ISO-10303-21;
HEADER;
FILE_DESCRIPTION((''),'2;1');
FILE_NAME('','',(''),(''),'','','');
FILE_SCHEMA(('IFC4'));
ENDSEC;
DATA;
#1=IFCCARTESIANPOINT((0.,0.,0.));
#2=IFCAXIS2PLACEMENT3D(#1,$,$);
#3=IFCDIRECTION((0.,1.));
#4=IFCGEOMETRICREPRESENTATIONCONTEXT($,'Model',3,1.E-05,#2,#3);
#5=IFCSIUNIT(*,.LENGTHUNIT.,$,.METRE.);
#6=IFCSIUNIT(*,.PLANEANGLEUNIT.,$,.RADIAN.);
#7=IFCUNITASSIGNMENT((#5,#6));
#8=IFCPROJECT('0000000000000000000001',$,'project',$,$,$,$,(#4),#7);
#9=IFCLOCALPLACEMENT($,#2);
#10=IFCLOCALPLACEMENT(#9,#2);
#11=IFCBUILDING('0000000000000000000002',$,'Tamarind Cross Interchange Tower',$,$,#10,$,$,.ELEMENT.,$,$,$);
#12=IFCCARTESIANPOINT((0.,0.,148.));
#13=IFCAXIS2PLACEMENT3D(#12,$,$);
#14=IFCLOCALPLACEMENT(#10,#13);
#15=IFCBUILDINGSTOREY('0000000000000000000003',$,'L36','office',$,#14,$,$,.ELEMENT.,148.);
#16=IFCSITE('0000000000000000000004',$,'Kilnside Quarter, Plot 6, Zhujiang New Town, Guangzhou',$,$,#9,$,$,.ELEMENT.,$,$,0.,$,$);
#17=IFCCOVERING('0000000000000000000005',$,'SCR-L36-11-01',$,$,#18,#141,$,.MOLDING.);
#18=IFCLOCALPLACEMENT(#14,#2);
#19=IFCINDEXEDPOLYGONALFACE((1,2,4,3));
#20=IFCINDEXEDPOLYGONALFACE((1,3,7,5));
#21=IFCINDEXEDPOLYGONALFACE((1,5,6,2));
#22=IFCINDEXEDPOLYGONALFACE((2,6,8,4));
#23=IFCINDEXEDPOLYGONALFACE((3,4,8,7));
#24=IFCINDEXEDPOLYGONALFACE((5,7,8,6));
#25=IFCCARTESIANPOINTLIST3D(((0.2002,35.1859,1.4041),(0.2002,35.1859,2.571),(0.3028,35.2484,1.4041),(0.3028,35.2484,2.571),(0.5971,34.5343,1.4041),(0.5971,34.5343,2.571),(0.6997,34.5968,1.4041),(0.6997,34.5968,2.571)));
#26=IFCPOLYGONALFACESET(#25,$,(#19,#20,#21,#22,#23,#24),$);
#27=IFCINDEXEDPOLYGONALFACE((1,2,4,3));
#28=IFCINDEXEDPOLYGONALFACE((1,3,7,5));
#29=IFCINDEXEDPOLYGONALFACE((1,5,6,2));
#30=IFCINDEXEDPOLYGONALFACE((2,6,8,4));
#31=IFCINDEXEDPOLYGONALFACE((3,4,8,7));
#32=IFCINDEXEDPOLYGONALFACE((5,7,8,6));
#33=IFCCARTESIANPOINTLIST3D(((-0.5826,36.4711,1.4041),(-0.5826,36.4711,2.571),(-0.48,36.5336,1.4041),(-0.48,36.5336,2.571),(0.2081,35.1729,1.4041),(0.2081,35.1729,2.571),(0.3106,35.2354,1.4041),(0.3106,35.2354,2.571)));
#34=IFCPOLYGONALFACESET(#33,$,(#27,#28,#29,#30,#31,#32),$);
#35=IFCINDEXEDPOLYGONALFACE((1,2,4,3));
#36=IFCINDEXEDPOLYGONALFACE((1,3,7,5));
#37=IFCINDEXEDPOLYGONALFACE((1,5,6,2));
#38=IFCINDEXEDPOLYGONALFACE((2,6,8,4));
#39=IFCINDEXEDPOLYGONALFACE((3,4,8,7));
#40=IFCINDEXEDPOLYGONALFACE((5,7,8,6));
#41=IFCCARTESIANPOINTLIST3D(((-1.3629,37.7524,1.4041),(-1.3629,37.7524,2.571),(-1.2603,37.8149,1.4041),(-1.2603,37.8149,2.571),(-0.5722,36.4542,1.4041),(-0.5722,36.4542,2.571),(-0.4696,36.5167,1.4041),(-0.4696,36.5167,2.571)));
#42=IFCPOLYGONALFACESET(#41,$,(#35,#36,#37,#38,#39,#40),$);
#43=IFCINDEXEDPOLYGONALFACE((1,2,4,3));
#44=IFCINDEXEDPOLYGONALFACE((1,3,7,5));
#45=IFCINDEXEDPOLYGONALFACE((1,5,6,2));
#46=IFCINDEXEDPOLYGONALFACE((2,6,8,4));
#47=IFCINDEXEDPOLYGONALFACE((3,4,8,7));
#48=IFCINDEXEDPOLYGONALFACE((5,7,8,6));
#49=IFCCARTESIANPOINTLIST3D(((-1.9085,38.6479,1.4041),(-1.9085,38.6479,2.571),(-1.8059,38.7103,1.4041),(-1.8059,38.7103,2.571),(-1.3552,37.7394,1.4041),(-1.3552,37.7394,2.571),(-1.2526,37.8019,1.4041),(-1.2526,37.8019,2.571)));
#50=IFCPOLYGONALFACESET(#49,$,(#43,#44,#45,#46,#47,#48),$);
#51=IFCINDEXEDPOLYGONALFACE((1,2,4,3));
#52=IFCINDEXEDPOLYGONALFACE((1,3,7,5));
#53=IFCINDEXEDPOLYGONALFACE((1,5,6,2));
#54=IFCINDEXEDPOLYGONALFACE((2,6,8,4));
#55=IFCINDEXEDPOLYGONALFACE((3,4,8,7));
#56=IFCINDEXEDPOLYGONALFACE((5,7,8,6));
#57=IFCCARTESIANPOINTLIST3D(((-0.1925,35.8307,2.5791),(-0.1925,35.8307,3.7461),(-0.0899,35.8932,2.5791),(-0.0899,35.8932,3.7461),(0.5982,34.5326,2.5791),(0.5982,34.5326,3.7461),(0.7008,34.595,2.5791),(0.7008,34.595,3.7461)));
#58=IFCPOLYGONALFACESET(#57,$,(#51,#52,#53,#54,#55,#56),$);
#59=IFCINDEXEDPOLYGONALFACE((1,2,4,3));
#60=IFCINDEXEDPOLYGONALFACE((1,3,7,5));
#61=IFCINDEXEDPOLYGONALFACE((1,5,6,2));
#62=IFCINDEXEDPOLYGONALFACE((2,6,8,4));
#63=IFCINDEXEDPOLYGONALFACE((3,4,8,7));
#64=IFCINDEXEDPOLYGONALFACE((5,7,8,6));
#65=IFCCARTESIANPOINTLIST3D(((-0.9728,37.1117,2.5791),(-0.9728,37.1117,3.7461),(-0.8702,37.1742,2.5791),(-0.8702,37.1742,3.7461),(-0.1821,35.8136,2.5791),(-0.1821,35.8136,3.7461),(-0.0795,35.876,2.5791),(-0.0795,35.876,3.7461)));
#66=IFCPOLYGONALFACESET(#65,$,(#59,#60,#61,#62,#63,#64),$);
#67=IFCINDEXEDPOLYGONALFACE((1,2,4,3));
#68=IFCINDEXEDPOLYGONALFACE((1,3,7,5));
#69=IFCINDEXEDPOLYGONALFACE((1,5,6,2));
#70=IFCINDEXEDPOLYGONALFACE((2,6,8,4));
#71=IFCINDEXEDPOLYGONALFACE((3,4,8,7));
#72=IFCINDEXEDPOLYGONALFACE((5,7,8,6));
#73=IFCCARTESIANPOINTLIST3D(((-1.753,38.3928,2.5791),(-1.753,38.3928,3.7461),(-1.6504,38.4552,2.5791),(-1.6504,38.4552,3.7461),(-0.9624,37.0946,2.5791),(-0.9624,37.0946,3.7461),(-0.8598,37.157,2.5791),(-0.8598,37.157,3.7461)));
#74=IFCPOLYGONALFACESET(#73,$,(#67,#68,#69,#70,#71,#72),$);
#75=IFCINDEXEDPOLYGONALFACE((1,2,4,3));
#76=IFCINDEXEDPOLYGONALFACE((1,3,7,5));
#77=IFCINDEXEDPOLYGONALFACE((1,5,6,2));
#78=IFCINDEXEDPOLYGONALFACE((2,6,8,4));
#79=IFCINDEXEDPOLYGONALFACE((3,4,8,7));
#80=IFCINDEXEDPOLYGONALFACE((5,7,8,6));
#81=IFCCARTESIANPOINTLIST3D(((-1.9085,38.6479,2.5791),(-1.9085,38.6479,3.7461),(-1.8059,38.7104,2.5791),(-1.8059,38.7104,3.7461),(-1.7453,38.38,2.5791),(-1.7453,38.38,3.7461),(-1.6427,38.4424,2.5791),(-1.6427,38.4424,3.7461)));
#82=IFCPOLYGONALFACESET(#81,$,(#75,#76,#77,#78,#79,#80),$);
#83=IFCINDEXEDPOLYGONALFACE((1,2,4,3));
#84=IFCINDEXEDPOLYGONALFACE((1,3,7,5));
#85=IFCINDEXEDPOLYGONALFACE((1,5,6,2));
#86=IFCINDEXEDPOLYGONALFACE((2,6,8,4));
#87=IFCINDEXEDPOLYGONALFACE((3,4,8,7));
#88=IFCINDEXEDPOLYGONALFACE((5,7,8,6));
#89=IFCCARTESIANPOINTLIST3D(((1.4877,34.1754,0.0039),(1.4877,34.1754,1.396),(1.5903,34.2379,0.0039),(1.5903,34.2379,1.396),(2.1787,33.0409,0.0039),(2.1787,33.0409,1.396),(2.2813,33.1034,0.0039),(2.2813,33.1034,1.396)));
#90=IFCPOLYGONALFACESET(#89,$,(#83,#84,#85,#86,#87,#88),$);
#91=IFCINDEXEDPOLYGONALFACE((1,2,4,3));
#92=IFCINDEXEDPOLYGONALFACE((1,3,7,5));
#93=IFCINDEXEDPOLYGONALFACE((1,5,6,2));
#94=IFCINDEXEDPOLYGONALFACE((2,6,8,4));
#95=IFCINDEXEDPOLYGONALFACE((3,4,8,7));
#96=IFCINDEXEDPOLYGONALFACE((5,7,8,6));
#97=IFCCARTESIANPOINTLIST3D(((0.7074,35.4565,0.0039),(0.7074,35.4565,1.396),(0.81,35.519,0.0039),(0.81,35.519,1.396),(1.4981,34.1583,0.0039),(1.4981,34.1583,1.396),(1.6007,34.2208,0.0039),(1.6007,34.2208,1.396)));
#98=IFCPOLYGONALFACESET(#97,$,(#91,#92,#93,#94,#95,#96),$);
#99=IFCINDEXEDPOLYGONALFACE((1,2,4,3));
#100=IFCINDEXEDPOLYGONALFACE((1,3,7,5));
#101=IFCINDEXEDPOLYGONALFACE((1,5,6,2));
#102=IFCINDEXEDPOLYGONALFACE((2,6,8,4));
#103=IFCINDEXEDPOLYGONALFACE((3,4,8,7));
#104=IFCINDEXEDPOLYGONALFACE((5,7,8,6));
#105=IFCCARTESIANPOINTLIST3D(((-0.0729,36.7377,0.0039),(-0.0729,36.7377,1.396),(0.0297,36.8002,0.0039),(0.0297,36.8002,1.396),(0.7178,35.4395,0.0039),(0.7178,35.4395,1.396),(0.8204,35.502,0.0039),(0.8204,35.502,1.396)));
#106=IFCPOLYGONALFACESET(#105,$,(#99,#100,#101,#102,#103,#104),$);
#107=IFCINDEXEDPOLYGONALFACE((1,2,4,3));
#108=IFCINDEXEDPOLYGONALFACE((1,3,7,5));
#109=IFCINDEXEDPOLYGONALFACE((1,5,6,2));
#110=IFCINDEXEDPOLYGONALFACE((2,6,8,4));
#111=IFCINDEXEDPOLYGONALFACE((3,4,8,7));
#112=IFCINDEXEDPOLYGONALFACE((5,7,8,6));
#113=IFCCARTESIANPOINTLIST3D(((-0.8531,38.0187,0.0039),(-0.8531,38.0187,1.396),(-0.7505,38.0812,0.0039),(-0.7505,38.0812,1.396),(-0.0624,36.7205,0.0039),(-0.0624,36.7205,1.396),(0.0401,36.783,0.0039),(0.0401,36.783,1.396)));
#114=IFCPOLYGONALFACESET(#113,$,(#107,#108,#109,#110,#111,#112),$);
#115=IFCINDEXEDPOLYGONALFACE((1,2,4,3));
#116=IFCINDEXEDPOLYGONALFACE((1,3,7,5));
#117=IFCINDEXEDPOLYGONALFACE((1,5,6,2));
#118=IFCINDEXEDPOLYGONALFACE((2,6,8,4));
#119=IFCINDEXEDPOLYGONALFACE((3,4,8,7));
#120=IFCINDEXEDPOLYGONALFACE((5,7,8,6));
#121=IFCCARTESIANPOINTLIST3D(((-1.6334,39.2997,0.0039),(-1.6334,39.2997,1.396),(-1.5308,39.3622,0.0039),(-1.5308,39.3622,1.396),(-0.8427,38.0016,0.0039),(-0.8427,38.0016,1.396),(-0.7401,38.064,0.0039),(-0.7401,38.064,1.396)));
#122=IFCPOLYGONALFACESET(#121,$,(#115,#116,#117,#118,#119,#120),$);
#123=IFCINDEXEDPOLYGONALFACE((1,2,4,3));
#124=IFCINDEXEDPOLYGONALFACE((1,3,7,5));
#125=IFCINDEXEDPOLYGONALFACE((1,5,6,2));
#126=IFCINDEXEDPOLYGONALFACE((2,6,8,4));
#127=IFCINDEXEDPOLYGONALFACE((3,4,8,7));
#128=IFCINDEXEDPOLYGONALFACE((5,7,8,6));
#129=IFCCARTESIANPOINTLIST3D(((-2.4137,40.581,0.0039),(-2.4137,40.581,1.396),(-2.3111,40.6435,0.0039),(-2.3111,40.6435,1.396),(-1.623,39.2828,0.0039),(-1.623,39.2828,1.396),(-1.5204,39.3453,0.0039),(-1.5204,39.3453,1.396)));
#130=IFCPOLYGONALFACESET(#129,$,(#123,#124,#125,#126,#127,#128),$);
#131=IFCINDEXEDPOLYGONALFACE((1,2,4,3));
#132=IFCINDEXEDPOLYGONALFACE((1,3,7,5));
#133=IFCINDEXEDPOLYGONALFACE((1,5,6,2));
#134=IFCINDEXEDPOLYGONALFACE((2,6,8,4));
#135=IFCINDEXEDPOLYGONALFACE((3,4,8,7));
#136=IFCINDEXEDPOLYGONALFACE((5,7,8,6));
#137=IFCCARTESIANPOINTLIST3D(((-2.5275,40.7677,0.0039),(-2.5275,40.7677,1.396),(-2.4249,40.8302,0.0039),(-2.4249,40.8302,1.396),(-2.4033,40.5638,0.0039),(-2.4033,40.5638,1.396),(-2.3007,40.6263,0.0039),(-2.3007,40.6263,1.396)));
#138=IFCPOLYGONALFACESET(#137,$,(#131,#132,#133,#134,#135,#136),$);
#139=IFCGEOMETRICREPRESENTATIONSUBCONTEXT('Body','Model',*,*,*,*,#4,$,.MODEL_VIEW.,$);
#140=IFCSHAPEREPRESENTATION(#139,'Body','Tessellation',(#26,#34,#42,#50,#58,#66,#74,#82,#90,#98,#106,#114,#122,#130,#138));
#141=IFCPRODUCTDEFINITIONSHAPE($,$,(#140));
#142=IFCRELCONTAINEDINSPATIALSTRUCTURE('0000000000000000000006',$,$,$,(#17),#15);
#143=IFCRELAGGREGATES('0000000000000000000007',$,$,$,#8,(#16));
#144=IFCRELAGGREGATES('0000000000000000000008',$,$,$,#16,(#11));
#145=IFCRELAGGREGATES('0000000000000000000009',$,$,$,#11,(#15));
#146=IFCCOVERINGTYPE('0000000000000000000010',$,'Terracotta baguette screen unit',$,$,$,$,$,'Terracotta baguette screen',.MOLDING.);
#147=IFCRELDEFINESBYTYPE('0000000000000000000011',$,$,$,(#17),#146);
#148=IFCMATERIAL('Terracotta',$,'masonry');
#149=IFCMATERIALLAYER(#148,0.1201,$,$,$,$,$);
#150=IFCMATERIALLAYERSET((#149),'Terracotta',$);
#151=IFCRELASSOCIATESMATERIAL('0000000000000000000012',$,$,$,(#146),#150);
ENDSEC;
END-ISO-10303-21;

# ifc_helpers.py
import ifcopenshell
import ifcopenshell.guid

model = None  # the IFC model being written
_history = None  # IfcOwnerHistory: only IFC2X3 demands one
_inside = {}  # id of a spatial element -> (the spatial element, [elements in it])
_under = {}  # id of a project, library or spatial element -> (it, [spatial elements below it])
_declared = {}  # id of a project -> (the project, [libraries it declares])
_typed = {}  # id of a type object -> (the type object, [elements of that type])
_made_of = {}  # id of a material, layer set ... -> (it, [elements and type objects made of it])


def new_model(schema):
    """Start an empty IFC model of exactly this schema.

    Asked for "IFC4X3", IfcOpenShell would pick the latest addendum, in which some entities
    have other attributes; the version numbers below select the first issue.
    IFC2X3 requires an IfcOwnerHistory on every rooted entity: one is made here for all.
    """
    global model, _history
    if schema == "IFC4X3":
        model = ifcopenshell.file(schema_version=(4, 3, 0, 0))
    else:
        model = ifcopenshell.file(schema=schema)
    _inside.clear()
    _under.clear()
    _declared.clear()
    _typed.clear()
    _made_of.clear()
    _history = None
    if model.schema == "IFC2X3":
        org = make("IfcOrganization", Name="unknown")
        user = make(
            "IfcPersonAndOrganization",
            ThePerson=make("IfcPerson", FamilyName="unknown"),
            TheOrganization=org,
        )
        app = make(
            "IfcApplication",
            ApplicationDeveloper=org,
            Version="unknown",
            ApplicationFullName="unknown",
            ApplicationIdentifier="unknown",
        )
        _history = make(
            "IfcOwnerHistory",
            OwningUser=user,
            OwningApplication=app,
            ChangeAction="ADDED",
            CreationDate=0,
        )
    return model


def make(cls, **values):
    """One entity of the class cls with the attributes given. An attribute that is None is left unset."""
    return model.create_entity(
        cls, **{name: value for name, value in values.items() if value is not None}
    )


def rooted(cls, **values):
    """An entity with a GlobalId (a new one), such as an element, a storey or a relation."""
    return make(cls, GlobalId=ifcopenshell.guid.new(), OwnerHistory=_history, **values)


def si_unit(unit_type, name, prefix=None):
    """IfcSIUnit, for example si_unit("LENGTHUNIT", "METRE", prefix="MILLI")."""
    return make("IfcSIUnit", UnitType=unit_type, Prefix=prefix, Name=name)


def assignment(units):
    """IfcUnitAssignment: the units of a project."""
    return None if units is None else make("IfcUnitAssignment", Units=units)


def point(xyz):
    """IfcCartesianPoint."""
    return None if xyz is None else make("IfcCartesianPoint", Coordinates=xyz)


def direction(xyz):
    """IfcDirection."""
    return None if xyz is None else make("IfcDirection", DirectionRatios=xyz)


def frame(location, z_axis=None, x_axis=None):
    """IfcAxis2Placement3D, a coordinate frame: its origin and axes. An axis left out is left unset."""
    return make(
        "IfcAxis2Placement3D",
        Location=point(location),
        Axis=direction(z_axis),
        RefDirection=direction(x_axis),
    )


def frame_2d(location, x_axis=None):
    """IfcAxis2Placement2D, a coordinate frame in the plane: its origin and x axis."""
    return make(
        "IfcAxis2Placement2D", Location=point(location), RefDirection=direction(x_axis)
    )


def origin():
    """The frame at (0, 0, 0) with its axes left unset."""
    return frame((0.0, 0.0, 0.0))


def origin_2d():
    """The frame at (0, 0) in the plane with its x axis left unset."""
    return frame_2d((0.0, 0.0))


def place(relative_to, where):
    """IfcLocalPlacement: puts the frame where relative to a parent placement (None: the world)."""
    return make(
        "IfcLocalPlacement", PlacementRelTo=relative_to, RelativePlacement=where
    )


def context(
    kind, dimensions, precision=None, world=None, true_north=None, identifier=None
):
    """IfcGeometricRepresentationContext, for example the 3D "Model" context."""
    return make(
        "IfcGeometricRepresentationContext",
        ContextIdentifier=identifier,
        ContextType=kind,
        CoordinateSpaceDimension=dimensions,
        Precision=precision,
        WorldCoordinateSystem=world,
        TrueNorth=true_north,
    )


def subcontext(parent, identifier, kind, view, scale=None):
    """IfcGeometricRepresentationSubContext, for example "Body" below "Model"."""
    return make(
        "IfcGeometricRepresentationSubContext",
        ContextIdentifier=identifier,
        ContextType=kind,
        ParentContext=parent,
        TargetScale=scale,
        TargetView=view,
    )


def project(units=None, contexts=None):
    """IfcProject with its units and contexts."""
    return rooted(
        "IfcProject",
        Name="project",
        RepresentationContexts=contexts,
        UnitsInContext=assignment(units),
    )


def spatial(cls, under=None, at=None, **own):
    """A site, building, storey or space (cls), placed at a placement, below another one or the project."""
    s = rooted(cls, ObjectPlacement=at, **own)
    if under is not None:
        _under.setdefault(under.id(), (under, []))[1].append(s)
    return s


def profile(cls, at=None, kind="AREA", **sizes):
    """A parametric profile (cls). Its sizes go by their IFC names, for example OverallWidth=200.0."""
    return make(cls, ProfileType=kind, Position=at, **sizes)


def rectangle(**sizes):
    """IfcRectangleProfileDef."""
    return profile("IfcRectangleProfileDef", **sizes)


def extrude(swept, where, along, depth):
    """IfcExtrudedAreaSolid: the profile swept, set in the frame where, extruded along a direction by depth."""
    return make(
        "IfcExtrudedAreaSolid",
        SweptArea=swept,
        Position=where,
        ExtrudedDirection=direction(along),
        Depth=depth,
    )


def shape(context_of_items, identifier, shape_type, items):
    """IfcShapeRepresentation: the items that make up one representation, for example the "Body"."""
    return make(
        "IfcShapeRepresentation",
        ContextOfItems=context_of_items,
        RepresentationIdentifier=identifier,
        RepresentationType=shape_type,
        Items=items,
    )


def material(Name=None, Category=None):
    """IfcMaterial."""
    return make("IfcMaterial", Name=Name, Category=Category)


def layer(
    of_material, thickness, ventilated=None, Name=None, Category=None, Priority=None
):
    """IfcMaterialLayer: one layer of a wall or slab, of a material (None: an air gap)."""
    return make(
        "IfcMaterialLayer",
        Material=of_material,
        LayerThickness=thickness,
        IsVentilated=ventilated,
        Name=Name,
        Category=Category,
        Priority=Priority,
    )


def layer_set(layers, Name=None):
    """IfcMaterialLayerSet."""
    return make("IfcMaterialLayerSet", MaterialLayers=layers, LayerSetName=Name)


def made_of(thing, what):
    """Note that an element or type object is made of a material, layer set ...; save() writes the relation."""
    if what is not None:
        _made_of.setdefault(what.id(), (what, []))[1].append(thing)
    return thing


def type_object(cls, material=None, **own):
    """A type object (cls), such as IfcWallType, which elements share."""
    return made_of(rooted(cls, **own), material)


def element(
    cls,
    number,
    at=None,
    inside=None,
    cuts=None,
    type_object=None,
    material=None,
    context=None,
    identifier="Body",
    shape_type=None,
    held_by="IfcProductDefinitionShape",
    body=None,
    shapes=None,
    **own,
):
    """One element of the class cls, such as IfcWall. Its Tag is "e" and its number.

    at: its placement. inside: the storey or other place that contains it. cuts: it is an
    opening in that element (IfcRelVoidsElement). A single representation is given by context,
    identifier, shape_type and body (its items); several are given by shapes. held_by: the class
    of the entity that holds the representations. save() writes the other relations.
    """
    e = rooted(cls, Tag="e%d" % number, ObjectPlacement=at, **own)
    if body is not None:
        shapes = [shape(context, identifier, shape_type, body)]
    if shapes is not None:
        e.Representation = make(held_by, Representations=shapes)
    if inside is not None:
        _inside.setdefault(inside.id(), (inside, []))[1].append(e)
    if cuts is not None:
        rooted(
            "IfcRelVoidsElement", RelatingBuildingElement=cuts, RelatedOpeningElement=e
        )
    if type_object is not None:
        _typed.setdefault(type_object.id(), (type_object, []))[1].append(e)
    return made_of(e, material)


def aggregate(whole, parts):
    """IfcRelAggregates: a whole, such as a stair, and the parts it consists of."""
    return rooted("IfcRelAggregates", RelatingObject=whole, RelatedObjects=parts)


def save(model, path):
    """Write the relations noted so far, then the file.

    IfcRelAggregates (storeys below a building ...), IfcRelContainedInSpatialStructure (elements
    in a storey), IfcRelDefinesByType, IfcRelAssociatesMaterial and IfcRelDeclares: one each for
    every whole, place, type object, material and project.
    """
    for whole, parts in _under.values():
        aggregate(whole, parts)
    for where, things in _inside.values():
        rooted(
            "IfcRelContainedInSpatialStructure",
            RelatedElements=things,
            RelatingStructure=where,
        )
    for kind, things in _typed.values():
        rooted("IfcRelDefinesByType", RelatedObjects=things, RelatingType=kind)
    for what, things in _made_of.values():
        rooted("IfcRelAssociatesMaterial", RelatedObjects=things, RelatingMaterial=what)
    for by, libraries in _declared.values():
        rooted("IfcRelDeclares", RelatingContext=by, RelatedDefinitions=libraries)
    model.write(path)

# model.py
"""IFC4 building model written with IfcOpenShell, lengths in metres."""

from ifc_helpers import new_model, si_unit, direction, frame, origin, origin_2d, place, context, subcontext, project, spatial, rectangle, extrude, material, layer, layer_set, type_object, element, save


model = new_model("IFC4")

# Units and contexts
model_context = context("Model", 3, precision=1e-05, world=origin(), true_north=direction((0.0, 1.0)))
body_context = subcontext(model_context, "Body", "Model", "MODEL_VIEW")
ifc_project = project(units=[si_unit("LENGTHUNIT", "METRE"), si_unit("PLANEANGLEUNIT", "RADIAN")], contexts=[model_context])

# Site, building, storey
site_placement = place(None, origin())
site = spatial("IfcSite", under=ifc_project, at=site_placement, Name="Kilnside Quarter, Plot 6, Zhujiang New Town, Guangzhou", CompositionType="ELEMENT", RefElevation=0.0)
building_placement = place(site_placement, origin())
building = spatial("IfcBuilding", under=site, at=building_placement, Name="Tamarind Cross Interchange Tower", CompositionType="ELEMENT")
storey_placement = place(building_placement, frame((0.0, 0.0, 148.0)))
storey = spatial("IfcBuildingStorey", under=building, at=storey_placement, Name="L36", Description="office", CompositionType="ELEMENT", Elevation=148.0)

# Covering
ifc_material_1 = material(Name="Terracotta", Category="masonry")
ifc_layer_1 = layer(ifc_material_1, 0.1201)
ifc_layer_set_1 = layer_set([ifc_layer_1], Name="Terracotta")
covering_type = type_object("IfcCoveringType", Name="Terracotta baguette screen unit", ElementType="Terracotta baguette screen", PredefinedType="MOLDING", material=ifc_layer_set_1)
covering_1_placement = place(storey_placement, origin())
element("IfcCovering", 1, at=covering_1_placement, inside=storey, type_object=covering_type, Name="SCR-L36-11-01", PredefinedType="MOLDING", context=body_context, shape_type="SweptSolid", body=[
    extrude(rectangle(XDim=0.7629, YDim=0.1201, at=origin_2d()), frame((0.45, 34.8914, 1.4041), z_axis=(0.0, 0.0, 1.0), x_axis=(-0.520175, 0.85406, 0.0)), (0.0, 0.0, 1.0), 1.167),
    extrude(rectangle(XDim=1.52, YDim=0.1201, at=origin_2d()), frame((-0.136, 35.8533, 1.4041), z_axis=(0.0, 0.0, 1.0), x_axis=(-0.520175, 0.85406, 0.0)), (0.0, 0.0, 1.0), 1.167),
    extrude(rectangle(XDim=1.52, YDim=0.1201, at=origin_2d()), frame((-0.9163, 37.1345, 1.4041), z_axis=(0.0, 0.0, 1.0), x_axis=(-0.520175, 0.85406, 0.0)), (0.0, 0.0, 1.0), 1.167),
    extrude(rectangle(XDim=1.0637, YDim=0.1201, at=origin_2d()), frame((-1.5806, 38.2249, 1.4041), z_axis=(0.0, 0.0, 1.0), x_axis=(-0.520175, 0.85406, 0.0)), (0.0, 0.0, 1.0), 1.167),
    extrude(rectangle(XDim=1.52, YDim=0.1201, at=origin_2d()), frame((0.2542, 35.2129, 2.5791), z_axis=(0.0, 0.0, 1.0), x_axis=(-0.520175, 0.85406, 0.0)), (0.0, 0.0, 1.0), 1.167),
    extrude(rectangle(XDim=1.52, YDim=0.1201, at=origin_2d()), frame((-0.5261, 36.4939, 2.5791), z_axis=(0.0, 0.0, 1.0), x_axis=(-0.520175, 0.85406, 0.0)), (0.0, 0.0, 1.0), 1.167),
    extrude(rectangle(XDim=1.52, YDim=0.1201, at=origin_2d()), frame((-1.3064, 37.7749, 2.5791), z_axis=(0.0, 0.0, 1.0), x_axis=(-0.520175, 0.85406, 0.0)), (0.0, 0.0, 1.0), 1.167),
    extrude(rectangle(XDim=0.3137, YDim=0.1201, at=origin_2d()), frame((-1.7756, 38.5452, 2.5791), z_axis=(0.0, 0.0, 1.0), x_axis=(-0.520175, 0.85406, 0.0)), (0.0, 0.0, 1.0), 1.167),
    extrude(rectangle(XDim=1.3284, YDim=0.1201, at=origin_2d()), frame((1.8845, 33.6394, 0.0039), z_axis=(0.0, 0.0, 1.0), x_axis=(-0.520175, 0.85406, 0.0)), (0.0, 0.0, 1.0), 1.3921),
    extrude(rectangle(XDim=1.52, YDim=0.1201, at=origin_2d()), frame((1.1541, 34.8386, 0.0039), z_axis=(0.0, 0.0, 1.0), x_axis=(-0.520175, 0.85406, 0.0)), (0.0, 0.0, 1.0), 1.3921),
    extrude(rectangle(XDim=1.52, YDim=0.1201, at=origin_2d()), frame((0.3738, 36.1199, 0.0039), z_axis=(0.0, 0.0, 1.0), x_axis=(-0.520175, 0.85406, 0.0)), (0.0, 0.0, 1.0), 1.3921),
    extrude(rectangle(XDim=1.52, YDim=0.1201, at=origin_2d()), frame((-0.4065, 37.4009, 0.0039), z_axis=(0.0, 0.0, 1.0), x_axis=(-0.520175, 0.85406, 0.0)), (0.0, 0.0, 1.0), 1.3921),
    extrude(rectangle(XDim=1.52, YDim=0.1201, at=origin_2d()), frame((-1.1868, 38.6819, 0.0039), z_axis=(0.0, 0.0, 1.0), x_axis=(-0.520175, 0.85406, 0.0)), (0.0, 0.0, 1.0), 1.3921),
    extrude(rectangle(XDim=1.52, YDim=0.1201, at=origin_2d()), frame((-1.967, 39.9631, 0.0039), z_axis=(0.0, 0.0, 1.0), x_axis=(-0.520175, 0.85406, 0.0)), (0.0, 0.0, 1.0), 1.3921),
    extrude(rectangle(XDim=0.2388, YDim=0.1201, at=origin_2d()), frame((-2.4141, 40.697, 0.0039), z_axis=(0.0, 0.0, 1.0), x_axis=(-0.520175, 0.85406, 0.0)), (0.0, 0.0, 1.0), 1.3921),
])

save(model, "model.ifc")
